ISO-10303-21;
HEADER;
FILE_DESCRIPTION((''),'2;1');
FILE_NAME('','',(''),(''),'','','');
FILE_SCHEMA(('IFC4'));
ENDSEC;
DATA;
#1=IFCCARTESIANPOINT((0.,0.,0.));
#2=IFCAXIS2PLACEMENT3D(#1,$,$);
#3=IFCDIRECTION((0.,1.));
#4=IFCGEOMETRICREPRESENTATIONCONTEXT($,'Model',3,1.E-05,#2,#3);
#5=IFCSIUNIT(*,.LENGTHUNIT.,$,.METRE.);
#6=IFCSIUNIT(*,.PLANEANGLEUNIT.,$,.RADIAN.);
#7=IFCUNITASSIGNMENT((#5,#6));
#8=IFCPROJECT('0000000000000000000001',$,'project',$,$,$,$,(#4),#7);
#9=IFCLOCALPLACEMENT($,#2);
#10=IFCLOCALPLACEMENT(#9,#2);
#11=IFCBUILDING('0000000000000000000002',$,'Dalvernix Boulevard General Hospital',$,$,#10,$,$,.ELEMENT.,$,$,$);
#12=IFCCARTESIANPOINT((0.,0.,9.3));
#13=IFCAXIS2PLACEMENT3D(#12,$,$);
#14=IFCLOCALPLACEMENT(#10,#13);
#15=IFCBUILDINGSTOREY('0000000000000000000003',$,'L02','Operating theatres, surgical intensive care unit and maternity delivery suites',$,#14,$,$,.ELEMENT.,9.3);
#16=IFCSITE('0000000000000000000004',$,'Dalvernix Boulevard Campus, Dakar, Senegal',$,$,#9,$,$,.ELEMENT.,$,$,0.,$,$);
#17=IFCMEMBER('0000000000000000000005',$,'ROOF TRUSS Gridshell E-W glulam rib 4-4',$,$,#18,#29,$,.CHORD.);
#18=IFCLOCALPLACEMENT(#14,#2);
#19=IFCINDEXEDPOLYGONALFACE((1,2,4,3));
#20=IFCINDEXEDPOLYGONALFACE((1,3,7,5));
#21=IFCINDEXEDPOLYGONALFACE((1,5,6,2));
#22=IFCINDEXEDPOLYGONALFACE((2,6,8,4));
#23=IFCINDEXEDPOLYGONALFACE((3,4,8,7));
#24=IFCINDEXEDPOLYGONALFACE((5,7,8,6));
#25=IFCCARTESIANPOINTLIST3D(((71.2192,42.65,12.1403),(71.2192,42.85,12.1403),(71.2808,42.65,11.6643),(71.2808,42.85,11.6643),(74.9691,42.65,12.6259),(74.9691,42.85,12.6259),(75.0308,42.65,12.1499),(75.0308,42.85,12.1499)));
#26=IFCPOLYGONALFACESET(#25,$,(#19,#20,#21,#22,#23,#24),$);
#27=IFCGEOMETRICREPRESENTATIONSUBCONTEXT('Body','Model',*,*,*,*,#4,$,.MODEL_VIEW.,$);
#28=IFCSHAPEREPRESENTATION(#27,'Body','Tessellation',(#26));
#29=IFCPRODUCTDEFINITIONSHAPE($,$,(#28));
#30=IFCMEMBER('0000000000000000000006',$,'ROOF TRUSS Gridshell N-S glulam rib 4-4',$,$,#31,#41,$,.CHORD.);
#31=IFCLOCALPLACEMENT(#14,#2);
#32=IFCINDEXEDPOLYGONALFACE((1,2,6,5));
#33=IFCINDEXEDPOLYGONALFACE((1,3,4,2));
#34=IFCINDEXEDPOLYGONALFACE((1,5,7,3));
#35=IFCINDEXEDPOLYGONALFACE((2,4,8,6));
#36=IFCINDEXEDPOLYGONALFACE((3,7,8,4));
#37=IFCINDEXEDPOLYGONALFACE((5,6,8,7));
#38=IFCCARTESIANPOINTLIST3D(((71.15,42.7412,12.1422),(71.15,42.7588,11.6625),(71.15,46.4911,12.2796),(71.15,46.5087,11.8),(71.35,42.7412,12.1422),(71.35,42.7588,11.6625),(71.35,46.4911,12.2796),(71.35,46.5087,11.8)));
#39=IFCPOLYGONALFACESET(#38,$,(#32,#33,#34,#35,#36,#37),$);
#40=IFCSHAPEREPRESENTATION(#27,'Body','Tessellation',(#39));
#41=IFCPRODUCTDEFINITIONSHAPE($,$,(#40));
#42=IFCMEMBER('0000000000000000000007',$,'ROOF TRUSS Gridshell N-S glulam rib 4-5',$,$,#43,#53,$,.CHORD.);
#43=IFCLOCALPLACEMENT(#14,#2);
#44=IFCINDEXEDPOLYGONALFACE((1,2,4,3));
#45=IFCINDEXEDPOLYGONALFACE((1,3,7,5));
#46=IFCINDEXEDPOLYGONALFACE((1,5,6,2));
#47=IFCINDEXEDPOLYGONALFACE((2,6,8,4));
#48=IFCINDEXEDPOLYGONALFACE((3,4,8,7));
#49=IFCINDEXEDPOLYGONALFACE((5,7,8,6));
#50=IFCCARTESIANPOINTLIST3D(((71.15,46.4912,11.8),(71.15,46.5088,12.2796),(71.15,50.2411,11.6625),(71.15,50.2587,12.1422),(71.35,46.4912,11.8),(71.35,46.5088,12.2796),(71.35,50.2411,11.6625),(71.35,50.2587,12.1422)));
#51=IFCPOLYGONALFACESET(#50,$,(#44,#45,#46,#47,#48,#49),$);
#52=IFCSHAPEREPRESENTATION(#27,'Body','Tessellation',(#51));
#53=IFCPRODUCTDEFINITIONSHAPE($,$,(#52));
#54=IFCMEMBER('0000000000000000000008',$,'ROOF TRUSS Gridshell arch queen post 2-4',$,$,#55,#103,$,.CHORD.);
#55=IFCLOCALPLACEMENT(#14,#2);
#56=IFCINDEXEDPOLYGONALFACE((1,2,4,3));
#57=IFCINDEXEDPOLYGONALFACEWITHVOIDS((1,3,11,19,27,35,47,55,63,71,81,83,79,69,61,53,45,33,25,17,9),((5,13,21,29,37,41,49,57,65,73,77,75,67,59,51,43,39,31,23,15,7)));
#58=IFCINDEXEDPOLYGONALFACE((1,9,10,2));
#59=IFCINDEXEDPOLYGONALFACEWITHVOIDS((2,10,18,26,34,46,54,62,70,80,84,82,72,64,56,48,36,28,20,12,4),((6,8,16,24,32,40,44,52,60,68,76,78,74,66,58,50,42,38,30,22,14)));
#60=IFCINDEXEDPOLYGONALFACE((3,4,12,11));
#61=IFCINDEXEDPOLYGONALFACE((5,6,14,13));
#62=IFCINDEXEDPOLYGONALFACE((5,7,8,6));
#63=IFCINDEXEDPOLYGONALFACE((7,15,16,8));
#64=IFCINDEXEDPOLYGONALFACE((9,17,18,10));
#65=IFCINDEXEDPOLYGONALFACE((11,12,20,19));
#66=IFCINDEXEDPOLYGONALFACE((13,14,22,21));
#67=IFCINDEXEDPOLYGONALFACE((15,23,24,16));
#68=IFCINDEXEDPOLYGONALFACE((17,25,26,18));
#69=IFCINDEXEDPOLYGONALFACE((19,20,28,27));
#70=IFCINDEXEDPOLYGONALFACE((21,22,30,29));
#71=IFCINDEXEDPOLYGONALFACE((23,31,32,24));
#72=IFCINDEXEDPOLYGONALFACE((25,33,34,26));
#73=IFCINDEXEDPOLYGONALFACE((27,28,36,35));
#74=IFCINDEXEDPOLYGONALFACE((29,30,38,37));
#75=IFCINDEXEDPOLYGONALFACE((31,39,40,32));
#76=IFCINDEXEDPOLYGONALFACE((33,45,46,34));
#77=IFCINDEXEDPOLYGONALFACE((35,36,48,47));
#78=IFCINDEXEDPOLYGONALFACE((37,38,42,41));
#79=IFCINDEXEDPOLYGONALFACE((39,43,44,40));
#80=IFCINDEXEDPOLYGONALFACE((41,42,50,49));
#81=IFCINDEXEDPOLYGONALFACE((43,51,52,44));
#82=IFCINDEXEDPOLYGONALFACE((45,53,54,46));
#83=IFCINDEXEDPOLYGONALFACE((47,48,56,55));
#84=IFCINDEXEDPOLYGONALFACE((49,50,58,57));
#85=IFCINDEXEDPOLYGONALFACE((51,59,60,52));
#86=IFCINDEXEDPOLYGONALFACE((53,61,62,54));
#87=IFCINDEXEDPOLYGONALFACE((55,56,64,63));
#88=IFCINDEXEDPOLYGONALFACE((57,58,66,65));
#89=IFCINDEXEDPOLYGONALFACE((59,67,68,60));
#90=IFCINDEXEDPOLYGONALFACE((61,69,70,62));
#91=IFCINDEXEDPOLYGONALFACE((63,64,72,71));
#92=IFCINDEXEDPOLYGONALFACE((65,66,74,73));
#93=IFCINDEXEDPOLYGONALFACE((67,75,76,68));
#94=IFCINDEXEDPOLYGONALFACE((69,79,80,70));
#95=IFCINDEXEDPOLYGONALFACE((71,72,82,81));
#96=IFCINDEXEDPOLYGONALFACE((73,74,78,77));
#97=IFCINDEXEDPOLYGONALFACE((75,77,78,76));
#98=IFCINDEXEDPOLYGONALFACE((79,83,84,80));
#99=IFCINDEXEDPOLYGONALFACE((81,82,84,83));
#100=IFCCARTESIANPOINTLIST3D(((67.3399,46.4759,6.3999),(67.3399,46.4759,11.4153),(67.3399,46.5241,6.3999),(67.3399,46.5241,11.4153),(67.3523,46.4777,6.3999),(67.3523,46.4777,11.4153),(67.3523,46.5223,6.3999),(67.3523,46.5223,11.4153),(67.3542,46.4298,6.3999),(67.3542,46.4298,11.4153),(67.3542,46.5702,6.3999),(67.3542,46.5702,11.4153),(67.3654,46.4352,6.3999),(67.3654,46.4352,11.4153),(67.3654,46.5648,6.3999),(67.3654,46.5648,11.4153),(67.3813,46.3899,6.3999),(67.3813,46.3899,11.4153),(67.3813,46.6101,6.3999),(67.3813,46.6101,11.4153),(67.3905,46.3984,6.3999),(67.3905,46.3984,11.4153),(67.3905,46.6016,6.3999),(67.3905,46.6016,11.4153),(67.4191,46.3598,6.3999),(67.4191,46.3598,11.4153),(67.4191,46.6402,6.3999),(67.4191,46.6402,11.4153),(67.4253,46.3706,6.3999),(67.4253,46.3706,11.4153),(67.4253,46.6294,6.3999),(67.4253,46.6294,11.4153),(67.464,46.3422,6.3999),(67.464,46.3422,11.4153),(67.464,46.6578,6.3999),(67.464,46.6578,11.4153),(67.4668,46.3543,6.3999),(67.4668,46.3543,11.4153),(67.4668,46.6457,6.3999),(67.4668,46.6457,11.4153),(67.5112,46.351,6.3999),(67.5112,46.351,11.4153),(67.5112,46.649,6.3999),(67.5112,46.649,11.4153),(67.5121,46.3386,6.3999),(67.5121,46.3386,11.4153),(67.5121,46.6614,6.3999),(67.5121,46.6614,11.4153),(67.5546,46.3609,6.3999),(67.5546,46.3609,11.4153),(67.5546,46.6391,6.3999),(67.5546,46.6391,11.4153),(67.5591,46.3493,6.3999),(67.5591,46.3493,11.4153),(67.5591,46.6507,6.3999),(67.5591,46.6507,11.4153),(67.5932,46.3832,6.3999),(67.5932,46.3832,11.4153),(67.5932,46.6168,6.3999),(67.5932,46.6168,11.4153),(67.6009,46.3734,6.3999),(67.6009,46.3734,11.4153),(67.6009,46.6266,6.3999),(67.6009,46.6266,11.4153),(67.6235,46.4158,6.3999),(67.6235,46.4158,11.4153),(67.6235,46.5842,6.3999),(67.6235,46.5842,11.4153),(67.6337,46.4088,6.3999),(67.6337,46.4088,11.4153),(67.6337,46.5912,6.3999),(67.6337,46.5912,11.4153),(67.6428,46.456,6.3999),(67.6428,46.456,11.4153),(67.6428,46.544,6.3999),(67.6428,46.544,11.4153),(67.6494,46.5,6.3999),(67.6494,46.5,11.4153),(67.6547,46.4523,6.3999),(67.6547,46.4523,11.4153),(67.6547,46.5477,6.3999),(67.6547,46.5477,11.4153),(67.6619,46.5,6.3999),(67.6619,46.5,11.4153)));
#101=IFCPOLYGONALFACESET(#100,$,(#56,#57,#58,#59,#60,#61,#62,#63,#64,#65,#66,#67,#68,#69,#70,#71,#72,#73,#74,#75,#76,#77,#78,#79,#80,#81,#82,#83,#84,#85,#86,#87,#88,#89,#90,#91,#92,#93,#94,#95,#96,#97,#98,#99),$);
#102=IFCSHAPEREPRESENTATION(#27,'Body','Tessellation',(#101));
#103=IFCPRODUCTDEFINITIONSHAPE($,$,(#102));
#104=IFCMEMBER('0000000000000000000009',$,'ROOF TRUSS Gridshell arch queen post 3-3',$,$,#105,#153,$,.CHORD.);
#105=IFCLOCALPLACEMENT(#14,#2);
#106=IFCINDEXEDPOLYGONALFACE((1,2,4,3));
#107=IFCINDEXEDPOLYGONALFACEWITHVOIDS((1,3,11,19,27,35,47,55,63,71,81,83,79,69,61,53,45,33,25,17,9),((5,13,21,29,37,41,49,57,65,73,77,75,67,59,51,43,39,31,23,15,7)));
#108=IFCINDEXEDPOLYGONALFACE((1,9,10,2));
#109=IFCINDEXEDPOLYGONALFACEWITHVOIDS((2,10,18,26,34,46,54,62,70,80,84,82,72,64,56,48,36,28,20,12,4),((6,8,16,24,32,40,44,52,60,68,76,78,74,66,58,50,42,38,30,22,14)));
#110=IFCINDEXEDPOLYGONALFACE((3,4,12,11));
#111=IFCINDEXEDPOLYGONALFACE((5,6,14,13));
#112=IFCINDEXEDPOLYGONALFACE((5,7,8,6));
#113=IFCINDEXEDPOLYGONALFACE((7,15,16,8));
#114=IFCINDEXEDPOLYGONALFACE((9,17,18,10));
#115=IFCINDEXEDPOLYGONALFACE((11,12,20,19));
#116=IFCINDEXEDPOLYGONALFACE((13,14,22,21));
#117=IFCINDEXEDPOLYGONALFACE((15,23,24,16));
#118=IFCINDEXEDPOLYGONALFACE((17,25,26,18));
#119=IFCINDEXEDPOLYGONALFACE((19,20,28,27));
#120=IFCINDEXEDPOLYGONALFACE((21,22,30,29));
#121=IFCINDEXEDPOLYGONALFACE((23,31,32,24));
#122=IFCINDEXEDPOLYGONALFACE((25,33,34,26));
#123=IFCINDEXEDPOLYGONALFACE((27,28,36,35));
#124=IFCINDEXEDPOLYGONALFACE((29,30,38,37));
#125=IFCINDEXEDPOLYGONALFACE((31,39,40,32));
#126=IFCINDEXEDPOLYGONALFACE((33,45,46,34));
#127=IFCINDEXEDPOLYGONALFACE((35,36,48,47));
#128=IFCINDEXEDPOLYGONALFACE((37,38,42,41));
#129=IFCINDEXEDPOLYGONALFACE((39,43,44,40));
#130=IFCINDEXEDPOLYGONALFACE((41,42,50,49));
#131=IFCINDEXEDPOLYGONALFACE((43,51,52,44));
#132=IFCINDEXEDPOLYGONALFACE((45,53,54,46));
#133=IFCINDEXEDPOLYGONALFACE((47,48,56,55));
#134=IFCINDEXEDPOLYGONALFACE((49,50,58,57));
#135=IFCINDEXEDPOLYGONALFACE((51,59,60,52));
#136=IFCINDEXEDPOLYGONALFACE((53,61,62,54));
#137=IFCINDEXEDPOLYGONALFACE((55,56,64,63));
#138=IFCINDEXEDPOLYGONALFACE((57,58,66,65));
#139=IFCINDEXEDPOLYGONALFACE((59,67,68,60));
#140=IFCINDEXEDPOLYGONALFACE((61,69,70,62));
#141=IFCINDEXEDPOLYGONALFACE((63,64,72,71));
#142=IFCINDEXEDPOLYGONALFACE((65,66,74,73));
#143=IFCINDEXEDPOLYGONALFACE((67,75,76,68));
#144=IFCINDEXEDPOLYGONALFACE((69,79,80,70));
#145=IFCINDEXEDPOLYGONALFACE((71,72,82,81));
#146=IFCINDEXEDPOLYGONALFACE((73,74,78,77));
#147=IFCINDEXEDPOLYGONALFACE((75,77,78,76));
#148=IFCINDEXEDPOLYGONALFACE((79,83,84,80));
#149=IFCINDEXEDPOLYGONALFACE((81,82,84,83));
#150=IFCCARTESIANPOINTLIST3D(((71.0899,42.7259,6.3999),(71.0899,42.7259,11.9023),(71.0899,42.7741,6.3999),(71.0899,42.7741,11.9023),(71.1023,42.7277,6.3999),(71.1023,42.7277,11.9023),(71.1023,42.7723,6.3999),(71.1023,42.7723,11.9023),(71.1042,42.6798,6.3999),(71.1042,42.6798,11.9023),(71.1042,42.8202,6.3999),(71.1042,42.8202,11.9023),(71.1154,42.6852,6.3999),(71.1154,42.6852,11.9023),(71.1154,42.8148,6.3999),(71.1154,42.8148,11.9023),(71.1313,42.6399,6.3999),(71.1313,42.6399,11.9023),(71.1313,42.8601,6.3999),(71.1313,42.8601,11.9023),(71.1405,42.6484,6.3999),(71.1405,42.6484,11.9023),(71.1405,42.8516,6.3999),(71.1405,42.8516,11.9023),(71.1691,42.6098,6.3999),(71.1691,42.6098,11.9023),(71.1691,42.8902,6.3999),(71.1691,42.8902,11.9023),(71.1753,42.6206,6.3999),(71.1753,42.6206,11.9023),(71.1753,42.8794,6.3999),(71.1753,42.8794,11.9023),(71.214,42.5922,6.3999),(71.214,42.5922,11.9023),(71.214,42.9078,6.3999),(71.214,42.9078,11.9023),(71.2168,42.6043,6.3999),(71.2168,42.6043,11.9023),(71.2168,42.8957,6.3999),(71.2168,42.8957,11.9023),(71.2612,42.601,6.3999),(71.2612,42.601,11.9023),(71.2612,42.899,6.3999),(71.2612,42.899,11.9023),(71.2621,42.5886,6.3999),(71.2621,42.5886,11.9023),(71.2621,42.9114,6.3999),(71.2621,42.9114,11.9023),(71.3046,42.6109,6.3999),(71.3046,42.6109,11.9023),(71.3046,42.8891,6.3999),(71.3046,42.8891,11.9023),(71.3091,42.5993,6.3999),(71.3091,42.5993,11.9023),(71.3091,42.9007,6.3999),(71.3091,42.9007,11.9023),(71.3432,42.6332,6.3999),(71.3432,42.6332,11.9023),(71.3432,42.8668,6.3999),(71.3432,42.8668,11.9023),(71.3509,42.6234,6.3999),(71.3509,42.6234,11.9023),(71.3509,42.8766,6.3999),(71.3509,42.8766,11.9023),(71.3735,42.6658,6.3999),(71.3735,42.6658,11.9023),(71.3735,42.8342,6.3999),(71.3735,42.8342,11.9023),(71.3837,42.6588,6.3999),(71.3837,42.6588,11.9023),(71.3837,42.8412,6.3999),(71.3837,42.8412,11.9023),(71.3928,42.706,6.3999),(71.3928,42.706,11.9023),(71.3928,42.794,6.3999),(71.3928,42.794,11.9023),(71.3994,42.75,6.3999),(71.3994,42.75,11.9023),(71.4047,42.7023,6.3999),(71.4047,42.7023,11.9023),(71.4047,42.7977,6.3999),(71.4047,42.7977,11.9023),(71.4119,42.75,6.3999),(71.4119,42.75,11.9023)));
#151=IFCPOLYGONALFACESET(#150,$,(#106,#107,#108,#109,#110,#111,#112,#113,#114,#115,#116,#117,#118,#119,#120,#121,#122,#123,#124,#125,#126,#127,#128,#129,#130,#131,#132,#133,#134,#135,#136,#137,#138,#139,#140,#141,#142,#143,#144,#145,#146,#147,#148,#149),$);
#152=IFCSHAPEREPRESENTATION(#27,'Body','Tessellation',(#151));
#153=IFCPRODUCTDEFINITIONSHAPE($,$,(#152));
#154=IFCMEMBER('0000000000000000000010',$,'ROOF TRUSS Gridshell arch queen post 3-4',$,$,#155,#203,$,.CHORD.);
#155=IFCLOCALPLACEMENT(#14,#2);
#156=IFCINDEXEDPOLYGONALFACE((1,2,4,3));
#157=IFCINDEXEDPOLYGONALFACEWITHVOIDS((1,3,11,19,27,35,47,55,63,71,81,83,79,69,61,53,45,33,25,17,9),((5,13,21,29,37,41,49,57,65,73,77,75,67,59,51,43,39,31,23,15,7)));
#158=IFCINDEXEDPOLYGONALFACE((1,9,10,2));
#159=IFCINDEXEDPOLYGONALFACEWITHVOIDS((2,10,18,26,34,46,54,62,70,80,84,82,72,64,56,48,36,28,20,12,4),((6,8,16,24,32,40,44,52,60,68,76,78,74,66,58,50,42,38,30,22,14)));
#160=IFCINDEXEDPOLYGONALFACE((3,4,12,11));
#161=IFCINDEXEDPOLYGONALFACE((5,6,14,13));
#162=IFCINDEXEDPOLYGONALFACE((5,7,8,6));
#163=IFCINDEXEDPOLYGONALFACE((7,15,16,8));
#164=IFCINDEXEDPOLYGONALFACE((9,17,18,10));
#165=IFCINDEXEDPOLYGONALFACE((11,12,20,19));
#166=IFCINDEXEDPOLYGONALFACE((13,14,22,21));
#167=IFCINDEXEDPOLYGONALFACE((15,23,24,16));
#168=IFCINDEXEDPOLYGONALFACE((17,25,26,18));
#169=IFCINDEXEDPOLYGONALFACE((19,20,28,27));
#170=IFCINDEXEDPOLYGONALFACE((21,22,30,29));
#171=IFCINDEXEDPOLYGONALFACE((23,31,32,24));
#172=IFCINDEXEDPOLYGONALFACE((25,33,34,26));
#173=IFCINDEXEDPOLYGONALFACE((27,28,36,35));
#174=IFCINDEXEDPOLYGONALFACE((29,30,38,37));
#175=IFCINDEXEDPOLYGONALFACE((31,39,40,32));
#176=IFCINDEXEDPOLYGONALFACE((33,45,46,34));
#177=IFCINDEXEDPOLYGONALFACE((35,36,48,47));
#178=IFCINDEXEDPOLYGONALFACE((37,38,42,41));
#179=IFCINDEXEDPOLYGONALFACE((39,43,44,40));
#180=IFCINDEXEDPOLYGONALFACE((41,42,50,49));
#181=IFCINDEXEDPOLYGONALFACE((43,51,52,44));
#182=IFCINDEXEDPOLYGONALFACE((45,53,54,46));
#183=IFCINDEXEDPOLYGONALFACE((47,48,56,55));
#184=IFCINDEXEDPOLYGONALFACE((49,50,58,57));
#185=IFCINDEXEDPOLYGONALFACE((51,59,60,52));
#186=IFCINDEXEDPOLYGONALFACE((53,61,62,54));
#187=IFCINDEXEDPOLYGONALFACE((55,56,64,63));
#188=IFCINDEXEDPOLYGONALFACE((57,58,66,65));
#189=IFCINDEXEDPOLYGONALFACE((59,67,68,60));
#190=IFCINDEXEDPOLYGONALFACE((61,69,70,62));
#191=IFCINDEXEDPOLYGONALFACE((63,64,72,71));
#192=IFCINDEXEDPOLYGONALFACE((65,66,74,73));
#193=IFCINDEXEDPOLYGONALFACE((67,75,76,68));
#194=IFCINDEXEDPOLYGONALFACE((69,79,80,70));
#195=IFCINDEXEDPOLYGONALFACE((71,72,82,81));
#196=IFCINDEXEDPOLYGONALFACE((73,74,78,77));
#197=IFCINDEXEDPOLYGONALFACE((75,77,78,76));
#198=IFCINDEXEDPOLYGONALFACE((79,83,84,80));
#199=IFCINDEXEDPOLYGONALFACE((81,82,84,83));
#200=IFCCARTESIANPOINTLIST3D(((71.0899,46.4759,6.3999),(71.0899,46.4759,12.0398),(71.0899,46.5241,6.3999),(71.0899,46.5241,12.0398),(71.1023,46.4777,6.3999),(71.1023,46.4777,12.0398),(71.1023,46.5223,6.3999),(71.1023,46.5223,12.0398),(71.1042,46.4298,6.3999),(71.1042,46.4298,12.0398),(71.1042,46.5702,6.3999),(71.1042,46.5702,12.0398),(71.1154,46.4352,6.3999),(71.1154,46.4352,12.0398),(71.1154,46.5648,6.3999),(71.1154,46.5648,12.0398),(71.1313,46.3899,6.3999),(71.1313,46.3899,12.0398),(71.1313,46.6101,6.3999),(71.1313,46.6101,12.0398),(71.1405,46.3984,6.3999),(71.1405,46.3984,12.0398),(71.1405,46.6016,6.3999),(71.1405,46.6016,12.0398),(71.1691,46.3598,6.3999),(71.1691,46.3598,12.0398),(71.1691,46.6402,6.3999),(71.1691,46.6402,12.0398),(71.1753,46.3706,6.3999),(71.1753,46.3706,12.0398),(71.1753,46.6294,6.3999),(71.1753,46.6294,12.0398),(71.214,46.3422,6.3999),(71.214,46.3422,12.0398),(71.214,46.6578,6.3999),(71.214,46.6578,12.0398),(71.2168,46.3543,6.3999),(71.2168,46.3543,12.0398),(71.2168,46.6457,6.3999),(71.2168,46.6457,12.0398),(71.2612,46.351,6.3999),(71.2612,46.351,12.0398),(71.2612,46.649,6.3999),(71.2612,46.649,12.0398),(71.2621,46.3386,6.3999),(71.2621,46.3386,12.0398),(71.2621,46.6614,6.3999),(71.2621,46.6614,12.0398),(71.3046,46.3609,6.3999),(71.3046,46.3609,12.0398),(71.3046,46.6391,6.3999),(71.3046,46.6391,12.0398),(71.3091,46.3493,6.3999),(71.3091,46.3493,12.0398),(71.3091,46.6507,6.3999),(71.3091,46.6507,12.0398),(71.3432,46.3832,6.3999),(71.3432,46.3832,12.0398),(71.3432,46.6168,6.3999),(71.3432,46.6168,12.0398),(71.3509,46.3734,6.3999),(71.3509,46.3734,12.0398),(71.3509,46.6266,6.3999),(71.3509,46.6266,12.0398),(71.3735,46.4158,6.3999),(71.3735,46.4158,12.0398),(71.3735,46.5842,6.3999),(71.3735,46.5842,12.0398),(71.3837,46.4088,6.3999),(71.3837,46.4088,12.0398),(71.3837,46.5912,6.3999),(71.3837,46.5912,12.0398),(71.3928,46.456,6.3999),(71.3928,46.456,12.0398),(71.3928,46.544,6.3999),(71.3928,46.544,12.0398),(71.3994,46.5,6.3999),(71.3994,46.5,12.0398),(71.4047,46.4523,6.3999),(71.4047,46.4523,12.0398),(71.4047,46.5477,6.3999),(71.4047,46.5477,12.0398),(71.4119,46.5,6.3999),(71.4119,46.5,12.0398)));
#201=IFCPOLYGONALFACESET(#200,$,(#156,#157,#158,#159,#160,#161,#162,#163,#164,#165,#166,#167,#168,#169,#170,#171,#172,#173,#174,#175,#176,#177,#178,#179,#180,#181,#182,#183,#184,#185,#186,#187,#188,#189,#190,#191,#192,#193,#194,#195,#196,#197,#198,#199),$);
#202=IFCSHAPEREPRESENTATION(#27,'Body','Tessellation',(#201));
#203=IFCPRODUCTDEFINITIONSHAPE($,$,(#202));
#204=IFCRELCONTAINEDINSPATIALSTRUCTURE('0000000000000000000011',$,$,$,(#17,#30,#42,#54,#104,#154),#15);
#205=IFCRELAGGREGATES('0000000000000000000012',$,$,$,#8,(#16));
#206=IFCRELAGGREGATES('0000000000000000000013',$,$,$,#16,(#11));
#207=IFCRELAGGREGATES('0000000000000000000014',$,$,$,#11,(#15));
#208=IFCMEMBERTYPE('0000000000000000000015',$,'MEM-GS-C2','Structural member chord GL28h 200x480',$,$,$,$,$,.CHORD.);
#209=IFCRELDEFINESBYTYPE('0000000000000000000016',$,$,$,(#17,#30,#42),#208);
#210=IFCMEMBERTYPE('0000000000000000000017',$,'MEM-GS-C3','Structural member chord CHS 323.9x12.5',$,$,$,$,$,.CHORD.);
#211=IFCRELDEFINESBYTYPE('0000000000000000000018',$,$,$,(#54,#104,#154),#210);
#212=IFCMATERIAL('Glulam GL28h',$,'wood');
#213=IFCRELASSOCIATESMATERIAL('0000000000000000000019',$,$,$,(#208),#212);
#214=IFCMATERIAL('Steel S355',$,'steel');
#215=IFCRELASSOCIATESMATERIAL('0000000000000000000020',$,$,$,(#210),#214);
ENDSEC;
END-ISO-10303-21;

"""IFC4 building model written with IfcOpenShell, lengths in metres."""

from ifc_helpers import new_model, si_unit, direction, frame, origin, origin_2d, place, context, subcontext, project, spatial, rectangle, hollow_circle, extrude, material, material_profile, profile_set, type_object, element, save


model = new_model("IFC4")

# Units and contexts
model_context = context("Model", 3, precision=1e-05, world=origin(), true_north=direction((0.0, 1.0)))
body_context = subcontext(model_context, "Body", "Model", "MODEL_VIEW")
ifc_project = project(units=[si_unit("LENGTHUNIT", "METRE"), si_unit("PLANEANGLEUNIT", "RADIAN")], contexts=[model_context])

# Site, building, storey
site_placement = place(None, origin())
site = spatial("IfcSite", under=ifc_project, at=site_placement, Name="Dalvernix Boulevard Campus, Dakar, Senegal", CompositionType="ELEMENT", RefElevation=0.0)
building_placement = place(site_placement, origin())
building = spatial("IfcBuilding", under=site, at=building_placement, Name="Dalvernix Boulevard General Hospital", CompositionType="ELEMENT")
storey_placement = place(building_placement, frame((0.0, 0.0, 9.3)))
storey = spatial("IfcBuildingStorey", under=building, at=storey_placement, Name="L02", Description="Operating theatres, surgical intensive care unit and maternity delivery suites", CompositionType="ELEMENT", Elevation=9.3)

# Shared definitions
ifc_material_1 = material(Name="Steel S355", Category="steel")

# Members
ifc_material_2 = material(Name="Glulam GL28h", Category="wood")
ifc_material_profile_1 = material_profile(ifc_material_2, rectangle(XDim=0.2, YDim=0.48, at=origin_2d()), Name="GL28h 200x480")
ifc_profile_set_1 = profile_set([ifc_material_profile_1], Name="Glulam GL28h")
member_type_1 = type_object("IfcMemberType", Name="MEM-GS-C2", Description="Structural member chord GL28h 200x480", PredefinedType="CHORD", material=ifc_profile_set_1)
member_1_placement = place(storey_placement, frame((71.25, 42.75, 11.9023), z_axis=(0.99172, 0.0, 0.12842), x_axis=(0.0, 1.0, 0.0)))
element("IfcMember", 1, at=member_1_placement, inside=storey, type_object=member_type_1, Name="ROOF TRUSS Gridshell E-W glulam rib 4-4", PredefinedType="CHORD", context=body_context, shape_type="SweptSolid", body=[
    extrude(rectangle(XDim=0.2, YDim=0.48, at=origin_2d()), origin(), (0.0, 0.0, 1.0), 3.7812),
])
for number, where, z_axis, x_axis, name in (
    (2, (71.25, 42.75, 11.9023), (0.0, 0.999329, 0.036629), (-1.0, 0.0, 0.0), "ROOF TRUSS Gridshell N-S glulam rib 4-4"),
    (3, (71.25, 46.5, 12.0398), (0.0, 0.999329, -0.036629), (-1.0, 0.0, 0.0), "ROOF TRUSS Gridshell N-S glulam rib 4-5"),
):
    element("IfcMember", number, at=place(storey_placement, frame(where, z_axis=z_axis, x_axis=x_axis)), inside=storey, type_object=member_type_1, Name=name, PredefinedType="CHORD", context=body_context, shape_type="SweptSolid", body=[
        extrude(rectangle(XDim=0.2, YDim=0.48, at=origin_2d()), origin(), (0.0, 0.0, 1.0), 3.7524),
    ])
ifc_material_profile_2 = material_profile(ifc_material_1, hollow_circle(Radius=0.1619, WallThickness=0.0125, at=origin_2d()), Name="CHS 323.9x12.5")
ifc_profile_set_2 = profile_set([ifc_material_profile_2], Name="Steel S355")
member_type_2 = type_object("IfcMemberType", Name="MEM-GS-C3", Description="Structural member chord CHS 323.9x12.5", PredefinedType="CHORD", material=ifc_profile_set_2)
member_2_placement = place(storey_placement, frame((67.5, 46.5, 6.3999), z_axis=(0.0, 0.0, 1.0), x_axis=(1.0, 0.0, 0.0)))
element("IfcMember", 4, at=member_2_placement, inside=storey, type_object=member_type_2, Name="ROOF TRUSS Gridshell arch queen post 2-4", PredefinedType="CHORD", context=body_context, shape_type="SweptSolid", body=[
    extrude(hollow_circle(Radius=0.1619, WallThickness=0.0125, at=origin_2d()), origin(), (0.0, 0.0, 1.0), 5.0154),
])
member_3_placement = place(storey_placement, frame((71.25, 42.75, 6.3999), z_axis=(0.0, 0.0, 1.0), x_axis=(1.0, 0.0, 0.0)))
element("IfcMember", 5, at=member_3_placement, inside=storey, type_object=member_type_2, Name="ROOF TRUSS Gridshell arch queen post 3-3", PredefinedType="CHORD", context=body_context, shape_type="SweptSolid", body=[
    extrude(hollow_circle(Radius=0.1619, WallThickness=0.0125, at=origin_2d()), origin(), (0.0, 0.0, 1.0), 5.5024),
])
member_4_placement = place(storey_placement, frame((71.25, 46.5, 6.3999), z_axis=(0.0, 0.0, 1.0), x_axis=(1.0, 0.0, 0.0)))
element("IfcMember", 6, at=member_4_placement, inside=storey, type_object=member_type_2, Name="ROOF TRUSS Gridshell arch queen post 3-4", PredefinedType="CHORD", context=body_context, shape_type="SweptSolid", body=[
    extrude(hollow_circle(Radius=0.1619, WallThickness=0.0125, at=origin_2d()), origin(), (0.0, 0.0, 1.0), 5.6399),
])

save(model, "model.ifc")
